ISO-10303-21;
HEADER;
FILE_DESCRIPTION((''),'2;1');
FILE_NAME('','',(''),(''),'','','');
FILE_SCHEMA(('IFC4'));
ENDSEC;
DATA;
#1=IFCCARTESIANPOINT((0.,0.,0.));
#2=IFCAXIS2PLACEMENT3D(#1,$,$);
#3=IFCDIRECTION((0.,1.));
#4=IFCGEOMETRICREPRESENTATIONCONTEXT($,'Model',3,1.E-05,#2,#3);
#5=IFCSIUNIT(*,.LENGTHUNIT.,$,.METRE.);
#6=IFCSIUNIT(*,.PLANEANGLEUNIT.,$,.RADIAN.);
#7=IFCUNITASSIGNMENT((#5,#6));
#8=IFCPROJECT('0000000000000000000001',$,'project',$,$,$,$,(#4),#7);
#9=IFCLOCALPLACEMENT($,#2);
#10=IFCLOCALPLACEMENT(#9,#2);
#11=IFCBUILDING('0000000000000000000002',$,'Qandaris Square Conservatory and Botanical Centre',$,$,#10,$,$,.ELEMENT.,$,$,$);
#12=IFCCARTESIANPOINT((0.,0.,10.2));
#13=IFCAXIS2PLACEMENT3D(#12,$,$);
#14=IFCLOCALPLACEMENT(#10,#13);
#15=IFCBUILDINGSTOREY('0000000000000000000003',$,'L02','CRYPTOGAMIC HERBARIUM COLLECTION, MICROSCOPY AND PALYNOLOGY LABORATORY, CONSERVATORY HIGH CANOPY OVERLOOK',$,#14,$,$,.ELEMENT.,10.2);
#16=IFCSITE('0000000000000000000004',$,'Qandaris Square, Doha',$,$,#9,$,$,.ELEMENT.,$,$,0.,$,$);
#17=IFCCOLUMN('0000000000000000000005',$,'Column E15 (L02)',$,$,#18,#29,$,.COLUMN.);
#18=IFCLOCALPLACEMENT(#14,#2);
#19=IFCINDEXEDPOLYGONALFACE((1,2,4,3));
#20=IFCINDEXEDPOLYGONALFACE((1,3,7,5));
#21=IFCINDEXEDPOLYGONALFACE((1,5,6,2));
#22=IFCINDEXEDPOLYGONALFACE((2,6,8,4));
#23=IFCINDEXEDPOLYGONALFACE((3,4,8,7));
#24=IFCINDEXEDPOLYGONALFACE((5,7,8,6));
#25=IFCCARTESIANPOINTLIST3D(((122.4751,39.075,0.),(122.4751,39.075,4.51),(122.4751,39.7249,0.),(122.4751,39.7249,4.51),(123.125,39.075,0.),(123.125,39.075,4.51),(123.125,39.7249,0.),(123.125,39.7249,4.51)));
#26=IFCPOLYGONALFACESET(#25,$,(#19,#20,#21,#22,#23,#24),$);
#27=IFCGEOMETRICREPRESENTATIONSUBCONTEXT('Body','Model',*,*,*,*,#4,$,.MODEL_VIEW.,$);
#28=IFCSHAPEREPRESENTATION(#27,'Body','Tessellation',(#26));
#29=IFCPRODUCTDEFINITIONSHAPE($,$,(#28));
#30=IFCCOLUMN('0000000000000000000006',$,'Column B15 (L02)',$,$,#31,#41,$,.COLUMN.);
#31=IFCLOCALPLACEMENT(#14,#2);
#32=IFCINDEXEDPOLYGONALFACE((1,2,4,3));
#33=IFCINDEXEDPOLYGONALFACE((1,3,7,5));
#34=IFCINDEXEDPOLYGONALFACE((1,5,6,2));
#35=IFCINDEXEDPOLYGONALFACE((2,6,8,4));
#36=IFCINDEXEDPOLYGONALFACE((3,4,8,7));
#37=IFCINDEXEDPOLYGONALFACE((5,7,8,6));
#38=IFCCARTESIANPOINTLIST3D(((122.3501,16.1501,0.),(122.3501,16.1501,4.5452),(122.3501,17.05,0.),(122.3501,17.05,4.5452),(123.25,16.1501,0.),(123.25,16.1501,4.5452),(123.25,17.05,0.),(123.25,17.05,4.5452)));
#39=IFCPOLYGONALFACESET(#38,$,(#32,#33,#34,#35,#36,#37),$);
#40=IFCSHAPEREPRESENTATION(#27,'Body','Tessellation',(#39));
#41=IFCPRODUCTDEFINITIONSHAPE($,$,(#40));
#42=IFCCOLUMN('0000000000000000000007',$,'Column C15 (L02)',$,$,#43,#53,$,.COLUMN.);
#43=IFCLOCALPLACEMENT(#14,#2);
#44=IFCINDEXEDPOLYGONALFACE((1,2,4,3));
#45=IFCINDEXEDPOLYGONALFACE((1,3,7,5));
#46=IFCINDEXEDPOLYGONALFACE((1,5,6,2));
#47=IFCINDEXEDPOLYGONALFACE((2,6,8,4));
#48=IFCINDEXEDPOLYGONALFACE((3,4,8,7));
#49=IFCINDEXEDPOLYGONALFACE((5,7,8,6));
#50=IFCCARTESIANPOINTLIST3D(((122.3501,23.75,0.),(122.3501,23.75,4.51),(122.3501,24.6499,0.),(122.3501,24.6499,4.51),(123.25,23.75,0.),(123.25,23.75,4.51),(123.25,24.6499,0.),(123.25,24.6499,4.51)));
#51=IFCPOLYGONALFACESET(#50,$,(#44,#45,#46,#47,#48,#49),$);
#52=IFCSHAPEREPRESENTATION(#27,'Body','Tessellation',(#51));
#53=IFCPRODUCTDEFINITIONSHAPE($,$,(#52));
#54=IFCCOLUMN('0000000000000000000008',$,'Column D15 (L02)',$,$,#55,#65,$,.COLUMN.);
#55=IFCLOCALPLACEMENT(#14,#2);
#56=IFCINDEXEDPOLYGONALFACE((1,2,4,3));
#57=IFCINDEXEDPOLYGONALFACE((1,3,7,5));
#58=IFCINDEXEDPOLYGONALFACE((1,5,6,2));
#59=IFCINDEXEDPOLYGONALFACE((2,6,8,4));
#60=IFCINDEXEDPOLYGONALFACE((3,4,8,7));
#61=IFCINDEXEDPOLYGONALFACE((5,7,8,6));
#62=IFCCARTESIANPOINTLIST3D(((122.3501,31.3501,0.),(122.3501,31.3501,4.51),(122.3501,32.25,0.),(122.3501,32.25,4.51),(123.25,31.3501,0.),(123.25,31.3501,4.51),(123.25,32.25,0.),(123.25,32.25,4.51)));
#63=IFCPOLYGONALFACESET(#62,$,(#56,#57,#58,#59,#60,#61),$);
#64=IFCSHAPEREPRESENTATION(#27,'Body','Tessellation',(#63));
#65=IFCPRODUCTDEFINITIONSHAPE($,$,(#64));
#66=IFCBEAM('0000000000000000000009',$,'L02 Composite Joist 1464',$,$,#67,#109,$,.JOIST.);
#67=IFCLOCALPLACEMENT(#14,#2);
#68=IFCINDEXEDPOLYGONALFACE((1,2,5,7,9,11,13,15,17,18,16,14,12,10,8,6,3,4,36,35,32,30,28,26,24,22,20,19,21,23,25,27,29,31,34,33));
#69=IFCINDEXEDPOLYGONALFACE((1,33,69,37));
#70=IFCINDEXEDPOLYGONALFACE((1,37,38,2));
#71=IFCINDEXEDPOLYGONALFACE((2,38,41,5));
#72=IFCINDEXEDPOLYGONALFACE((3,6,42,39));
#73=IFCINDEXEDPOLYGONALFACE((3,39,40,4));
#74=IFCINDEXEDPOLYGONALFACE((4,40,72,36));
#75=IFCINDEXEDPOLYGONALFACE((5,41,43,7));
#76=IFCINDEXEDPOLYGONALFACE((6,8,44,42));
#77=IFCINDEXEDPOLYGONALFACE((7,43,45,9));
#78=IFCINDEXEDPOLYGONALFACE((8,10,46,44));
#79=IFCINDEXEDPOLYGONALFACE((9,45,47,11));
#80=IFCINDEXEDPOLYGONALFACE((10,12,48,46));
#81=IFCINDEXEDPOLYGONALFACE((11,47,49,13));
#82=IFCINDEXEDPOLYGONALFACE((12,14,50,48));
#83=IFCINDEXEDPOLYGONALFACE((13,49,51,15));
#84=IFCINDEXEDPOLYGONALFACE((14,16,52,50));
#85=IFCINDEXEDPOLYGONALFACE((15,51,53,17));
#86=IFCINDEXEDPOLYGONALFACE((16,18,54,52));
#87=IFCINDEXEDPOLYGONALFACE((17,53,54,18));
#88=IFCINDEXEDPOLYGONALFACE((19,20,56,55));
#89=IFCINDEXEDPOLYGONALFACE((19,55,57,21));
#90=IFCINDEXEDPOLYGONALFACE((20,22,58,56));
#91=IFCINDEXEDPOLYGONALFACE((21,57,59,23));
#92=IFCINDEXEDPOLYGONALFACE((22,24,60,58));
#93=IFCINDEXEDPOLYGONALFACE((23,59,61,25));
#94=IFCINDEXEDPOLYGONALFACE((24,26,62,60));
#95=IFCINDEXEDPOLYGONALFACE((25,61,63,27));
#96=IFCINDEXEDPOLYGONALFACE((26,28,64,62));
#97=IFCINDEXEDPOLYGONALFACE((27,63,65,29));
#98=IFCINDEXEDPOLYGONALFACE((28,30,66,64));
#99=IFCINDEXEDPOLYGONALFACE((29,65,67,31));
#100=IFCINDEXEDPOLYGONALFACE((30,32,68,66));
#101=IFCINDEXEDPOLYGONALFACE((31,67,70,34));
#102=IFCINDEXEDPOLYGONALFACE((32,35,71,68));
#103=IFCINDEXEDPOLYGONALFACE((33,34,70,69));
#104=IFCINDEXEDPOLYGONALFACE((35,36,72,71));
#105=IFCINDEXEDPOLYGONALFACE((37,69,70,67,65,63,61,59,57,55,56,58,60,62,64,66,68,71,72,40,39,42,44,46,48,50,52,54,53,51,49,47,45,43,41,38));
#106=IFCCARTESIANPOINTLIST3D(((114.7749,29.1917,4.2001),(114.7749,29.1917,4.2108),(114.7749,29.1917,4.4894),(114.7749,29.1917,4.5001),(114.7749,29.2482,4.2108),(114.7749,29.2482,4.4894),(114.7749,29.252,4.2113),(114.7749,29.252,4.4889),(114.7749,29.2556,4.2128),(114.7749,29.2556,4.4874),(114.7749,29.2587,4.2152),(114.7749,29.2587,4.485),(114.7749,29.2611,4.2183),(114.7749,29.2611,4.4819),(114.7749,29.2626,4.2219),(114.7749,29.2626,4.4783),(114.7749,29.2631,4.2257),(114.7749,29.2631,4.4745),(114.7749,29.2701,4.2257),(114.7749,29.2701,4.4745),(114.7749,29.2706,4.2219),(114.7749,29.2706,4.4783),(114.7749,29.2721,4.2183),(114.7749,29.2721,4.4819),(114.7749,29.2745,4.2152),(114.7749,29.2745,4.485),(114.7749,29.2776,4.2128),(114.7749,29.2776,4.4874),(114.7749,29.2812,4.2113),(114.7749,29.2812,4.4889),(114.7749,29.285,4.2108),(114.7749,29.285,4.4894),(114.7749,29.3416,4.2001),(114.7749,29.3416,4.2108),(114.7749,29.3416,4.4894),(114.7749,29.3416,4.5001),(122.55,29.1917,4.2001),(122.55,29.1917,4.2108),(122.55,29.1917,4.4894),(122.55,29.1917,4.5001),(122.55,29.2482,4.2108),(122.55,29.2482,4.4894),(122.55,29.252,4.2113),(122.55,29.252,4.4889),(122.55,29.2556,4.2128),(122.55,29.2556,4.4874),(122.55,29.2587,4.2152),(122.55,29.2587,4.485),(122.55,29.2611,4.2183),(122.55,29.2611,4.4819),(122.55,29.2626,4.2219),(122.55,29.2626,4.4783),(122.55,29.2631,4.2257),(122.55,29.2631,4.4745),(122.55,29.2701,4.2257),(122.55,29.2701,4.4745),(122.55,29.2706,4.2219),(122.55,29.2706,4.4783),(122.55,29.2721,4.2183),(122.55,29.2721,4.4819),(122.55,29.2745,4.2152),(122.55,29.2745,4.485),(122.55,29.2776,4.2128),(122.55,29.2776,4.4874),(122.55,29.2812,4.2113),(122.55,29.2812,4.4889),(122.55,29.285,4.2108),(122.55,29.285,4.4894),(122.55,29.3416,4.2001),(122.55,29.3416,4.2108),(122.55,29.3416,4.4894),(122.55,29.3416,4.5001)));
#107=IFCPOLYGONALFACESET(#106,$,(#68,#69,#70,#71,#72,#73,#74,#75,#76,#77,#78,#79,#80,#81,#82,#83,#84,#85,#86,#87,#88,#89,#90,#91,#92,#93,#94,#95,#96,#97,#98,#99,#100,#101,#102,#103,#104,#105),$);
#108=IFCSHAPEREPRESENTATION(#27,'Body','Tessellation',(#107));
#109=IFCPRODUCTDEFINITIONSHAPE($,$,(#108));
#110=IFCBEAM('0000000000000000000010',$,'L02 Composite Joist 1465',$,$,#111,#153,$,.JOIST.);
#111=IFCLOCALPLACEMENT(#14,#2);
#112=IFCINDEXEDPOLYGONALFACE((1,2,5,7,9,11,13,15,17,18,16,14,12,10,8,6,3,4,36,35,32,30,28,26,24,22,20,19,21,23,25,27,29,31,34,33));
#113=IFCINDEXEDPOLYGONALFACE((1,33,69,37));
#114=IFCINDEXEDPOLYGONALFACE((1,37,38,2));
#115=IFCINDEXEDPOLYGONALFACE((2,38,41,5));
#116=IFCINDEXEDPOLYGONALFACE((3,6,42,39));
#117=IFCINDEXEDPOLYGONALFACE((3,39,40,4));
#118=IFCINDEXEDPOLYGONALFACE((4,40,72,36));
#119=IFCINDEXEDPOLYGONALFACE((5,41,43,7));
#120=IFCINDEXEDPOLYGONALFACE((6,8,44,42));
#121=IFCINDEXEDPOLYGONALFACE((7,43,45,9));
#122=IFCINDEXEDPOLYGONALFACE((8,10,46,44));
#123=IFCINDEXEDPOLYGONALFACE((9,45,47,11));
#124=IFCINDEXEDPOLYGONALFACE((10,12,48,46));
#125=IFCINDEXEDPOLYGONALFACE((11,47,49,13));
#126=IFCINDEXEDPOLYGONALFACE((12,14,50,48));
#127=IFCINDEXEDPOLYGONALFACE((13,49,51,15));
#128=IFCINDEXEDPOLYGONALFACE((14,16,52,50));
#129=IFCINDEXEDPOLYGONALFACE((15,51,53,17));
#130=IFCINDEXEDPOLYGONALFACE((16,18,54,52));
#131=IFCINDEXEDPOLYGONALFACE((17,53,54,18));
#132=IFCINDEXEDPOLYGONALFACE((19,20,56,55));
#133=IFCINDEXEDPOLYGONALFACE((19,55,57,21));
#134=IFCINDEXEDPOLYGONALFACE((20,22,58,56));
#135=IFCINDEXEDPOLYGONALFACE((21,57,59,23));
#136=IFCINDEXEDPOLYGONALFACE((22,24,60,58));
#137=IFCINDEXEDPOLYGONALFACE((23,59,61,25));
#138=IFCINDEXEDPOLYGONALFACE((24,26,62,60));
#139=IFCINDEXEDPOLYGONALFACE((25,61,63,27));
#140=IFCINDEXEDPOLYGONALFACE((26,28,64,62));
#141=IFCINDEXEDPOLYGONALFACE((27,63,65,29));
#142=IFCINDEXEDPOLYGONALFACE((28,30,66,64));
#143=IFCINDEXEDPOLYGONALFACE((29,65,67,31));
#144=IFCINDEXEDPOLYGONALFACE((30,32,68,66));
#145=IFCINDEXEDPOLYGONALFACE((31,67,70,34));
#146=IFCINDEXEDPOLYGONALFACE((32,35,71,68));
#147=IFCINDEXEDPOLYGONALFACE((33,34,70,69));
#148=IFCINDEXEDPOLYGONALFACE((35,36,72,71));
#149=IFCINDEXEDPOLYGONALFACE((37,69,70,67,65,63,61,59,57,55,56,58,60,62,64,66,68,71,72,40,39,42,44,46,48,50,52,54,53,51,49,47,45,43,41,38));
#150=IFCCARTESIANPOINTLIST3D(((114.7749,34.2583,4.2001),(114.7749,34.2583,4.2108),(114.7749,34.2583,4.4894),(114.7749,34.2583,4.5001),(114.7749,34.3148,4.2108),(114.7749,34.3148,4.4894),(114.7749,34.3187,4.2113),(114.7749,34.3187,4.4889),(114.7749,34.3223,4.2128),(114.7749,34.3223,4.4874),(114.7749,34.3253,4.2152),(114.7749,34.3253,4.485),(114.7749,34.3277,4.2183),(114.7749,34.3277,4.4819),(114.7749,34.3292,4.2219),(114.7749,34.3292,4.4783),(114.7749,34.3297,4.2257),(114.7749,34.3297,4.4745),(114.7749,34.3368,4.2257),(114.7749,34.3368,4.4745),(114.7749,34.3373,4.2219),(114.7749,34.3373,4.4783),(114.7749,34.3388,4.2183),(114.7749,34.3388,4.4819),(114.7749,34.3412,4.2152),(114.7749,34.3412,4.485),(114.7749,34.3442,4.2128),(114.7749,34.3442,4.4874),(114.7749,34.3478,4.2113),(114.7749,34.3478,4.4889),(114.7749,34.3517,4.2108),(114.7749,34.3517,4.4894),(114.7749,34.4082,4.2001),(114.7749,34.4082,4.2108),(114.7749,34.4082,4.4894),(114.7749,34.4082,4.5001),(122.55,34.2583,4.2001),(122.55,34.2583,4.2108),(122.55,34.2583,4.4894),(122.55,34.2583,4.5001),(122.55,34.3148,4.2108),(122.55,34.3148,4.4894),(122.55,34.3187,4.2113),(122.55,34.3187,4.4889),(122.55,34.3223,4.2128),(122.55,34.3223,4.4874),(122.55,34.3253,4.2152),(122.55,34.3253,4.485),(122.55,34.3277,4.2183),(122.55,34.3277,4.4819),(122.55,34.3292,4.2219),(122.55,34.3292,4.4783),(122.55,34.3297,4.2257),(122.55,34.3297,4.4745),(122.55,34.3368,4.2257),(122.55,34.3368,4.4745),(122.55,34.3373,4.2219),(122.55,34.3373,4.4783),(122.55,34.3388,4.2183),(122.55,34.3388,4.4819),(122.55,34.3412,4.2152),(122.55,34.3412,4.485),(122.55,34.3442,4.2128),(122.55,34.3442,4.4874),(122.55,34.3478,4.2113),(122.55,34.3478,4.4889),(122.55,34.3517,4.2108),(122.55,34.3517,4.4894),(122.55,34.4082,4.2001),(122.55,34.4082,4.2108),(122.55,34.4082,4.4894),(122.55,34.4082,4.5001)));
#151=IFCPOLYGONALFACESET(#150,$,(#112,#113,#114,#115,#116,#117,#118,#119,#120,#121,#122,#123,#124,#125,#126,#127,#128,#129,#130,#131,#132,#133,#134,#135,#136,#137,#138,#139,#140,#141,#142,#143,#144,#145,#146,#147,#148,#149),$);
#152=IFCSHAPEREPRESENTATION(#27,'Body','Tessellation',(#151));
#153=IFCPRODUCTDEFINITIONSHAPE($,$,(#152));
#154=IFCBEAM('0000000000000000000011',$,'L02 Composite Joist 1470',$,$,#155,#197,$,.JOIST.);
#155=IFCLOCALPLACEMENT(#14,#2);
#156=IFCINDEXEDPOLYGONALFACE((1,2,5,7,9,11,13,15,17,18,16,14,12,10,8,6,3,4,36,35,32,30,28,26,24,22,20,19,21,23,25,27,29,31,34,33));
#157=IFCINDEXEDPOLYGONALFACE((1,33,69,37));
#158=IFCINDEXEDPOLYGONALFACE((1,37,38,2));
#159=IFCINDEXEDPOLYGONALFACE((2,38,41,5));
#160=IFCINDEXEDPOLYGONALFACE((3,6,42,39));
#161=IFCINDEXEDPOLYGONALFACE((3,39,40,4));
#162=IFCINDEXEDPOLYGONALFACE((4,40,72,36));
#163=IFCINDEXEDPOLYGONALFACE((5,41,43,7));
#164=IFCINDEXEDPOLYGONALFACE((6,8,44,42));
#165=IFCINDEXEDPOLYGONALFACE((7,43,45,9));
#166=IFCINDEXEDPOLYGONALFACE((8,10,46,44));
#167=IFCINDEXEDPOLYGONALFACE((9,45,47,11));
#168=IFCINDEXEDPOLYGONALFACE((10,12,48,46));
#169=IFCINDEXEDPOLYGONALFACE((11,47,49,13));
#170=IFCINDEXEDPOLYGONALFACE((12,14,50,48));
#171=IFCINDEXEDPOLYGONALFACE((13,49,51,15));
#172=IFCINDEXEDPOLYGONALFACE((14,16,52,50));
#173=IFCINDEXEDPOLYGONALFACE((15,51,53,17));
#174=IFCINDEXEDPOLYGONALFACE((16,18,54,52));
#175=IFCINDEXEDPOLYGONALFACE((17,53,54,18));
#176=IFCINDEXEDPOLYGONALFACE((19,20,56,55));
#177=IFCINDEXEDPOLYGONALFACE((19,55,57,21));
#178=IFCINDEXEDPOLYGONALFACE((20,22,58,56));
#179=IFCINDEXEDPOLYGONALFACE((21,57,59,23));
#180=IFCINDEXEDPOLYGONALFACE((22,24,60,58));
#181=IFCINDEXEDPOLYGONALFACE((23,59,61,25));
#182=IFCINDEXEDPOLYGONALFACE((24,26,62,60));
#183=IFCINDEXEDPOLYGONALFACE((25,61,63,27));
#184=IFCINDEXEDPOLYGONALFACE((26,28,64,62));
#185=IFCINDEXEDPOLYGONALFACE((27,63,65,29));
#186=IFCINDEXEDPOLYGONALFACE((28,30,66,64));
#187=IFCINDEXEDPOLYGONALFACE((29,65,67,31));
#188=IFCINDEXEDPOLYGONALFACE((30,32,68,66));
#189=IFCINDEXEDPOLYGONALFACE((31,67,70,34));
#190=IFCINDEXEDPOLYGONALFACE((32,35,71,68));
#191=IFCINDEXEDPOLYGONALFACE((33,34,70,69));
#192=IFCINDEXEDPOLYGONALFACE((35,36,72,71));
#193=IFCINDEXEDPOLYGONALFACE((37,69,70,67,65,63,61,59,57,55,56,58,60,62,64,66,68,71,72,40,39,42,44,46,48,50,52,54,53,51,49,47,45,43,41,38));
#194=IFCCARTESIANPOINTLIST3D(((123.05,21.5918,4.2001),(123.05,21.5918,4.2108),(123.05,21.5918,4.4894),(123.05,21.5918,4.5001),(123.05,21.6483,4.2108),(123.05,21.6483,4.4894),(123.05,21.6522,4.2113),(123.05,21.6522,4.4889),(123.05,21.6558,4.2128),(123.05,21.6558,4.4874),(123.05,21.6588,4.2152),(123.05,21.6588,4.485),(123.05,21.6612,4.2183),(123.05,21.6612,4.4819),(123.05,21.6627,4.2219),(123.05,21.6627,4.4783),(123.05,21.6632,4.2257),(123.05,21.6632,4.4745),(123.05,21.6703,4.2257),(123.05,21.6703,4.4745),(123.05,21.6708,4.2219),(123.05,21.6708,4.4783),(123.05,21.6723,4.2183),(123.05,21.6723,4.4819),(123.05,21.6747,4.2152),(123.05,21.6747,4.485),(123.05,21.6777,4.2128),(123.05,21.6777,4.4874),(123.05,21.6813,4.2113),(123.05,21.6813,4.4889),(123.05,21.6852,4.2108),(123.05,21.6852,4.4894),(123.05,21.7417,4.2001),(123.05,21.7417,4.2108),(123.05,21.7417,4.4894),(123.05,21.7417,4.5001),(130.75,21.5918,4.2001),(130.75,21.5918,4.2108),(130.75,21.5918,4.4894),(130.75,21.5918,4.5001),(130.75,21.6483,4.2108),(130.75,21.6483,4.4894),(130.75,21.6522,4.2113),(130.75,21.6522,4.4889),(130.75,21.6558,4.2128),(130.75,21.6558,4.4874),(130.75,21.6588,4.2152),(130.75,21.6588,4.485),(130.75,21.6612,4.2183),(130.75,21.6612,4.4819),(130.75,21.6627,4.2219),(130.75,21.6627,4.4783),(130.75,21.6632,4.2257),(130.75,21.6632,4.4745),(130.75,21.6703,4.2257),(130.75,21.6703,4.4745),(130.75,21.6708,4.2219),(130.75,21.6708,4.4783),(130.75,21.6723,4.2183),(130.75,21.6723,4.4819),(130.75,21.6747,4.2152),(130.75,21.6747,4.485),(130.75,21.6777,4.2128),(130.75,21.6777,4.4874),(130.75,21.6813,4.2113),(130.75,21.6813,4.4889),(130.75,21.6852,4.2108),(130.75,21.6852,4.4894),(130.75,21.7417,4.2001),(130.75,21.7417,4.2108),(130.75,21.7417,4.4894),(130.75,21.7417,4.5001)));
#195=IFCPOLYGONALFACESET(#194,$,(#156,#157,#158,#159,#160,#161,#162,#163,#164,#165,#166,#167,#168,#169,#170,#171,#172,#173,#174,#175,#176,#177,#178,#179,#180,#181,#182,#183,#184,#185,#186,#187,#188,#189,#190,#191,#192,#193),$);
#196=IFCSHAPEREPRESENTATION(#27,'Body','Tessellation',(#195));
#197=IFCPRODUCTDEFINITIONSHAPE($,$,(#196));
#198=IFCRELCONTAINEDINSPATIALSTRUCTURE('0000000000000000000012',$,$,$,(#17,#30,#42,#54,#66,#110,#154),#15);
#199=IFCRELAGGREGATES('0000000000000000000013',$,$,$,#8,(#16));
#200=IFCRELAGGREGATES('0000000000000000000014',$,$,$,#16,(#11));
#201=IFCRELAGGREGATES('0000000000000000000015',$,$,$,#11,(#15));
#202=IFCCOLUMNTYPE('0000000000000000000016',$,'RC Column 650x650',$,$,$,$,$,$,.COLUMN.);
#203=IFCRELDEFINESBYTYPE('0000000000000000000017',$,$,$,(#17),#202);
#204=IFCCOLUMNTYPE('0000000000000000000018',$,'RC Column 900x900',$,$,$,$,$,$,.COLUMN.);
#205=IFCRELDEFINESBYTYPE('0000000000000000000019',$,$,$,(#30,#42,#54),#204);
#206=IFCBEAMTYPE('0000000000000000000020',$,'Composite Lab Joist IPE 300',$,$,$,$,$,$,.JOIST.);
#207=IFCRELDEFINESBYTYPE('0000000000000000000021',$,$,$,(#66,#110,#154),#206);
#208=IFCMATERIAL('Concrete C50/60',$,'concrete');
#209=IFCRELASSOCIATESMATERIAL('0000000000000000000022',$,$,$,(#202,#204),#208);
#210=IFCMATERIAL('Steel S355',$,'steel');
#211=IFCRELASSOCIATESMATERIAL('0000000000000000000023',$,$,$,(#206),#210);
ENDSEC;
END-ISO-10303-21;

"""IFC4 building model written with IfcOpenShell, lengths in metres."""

from ifc_helpers import new_model, si_unit, direction, frame, origin, origin_2d, place, context, subcontext, project, spatial, rectangle, i_section, extrude, material, material_profile, profile_set, type_object, element, save


model = new_model("IFC4")

# Units and contexts
model_context = context("Model", 3, precision=1e-05, world=origin(), true_north=direction((0.0, 1.0)))
body_context = subcontext(model_context, "Body", "Model", "MODEL_VIEW")
ifc_project = project(units=[si_unit("LENGTHUNIT", "METRE"), si_unit("PLANEANGLEUNIT", "RADIAN")], contexts=[model_context])

# Site, building, storey
site_placement = place(None, origin())
site = spatial("IfcSite", under=ifc_project, at=site_placement, Name="Qandaris Square, Doha", CompositionType="ELEMENT", RefElevation=0.0)
building_placement = place(site_placement, origin())
building = spatial("IfcBuilding", under=site, at=building_placement, Name="Qandaris Square Conservatory and Botanical Centre", CompositionType="ELEMENT")
storey_placement = place(building_placement, frame((0.0, 0.0, 10.2)))
storey = spatial("IfcBuildingStorey", under=building, at=storey_placement, Name="L02", Description="CRYPTOGAMIC HERBARIUM COLLECTION, MICROSCOPY AND PALYNOLOGY LABORATORY, CONSERVATORY HIGH CANOPY OVERLOOK", CompositionType="ELEMENT", Elevation=10.2)

# Columns
ifc_material_1 = material(Name="Concrete C50/60", Category="concrete")
ifc_material_profile_1 = material_profile(ifc_material_1, rectangle(XDim=0.6499, YDim=0.6499, at=origin_2d()), Name="RC-COL 650x650")
ifc_profile_set_1 = profile_set([ifc_material_profile_1], Name="Concrete C50/60")
column_type_1 = type_object("IfcColumnType", Name="RC Column 650x650", PredefinedType="COLUMN", material=ifc_profile_set_1)
column_1_placement = place(storey_placement, frame((122.8, 39.3999, 0.0), z_axis=(0.0, 0.0, 1.0), x_axis=(1.0, 0.0, 0.0)))
element("IfcColumn", 1, at=column_1_placement, inside=storey, type_object=column_type_1, Name="Column E15 (L02)", PredefinedType="COLUMN", context=body_context, shape_type="SweptSolid", body=[
    extrude(rectangle(XDim=0.6499, YDim=0.6499, at=origin_2d()), origin(), (0.0, 0.0, 1.0), 4.51),
])
ifc_material_profile_2 = material_profile(ifc_material_1, rectangle(XDim=0.8999, YDim=0.8999, at=origin_2d()), Name="RC-COL 900x900")
ifc_profile_set_2 = profile_set([ifc_material_profile_2], Name="Concrete C50/60")
column_type_2 = type_object("IfcColumnType", Name="RC Column 900x900", PredefinedType="COLUMN", material=ifc_profile_set_2)
column_2_placement = place(storey_placement, frame((122.8, 16.6001, 0.0), z_axis=(0.0, 0.0, 1.0), x_axis=(1.0, 0.0, 0.0)))
element("IfcColumn", 2, at=column_2_placement, inside=storey, type_object=column_type_2, Name="Column B15 (L02)", PredefinedType="COLUMN", context=body_context, shape_type="SweptSolid", body=[
    extrude(rectangle(XDim=0.8999, YDim=0.8999, at=origin_2d()), origin(), (0.0, 0.0, 1.0), 4.5452),
])
for number, where, z_axis, x_axis, name in (
    (3, (122.8, 24.2, 0.0), (0.0, 0.0, 1.0), (1.0, 0.0, 0.0), "Column C15 (L02)"),
    (4, (122.8, 31.8, 0.0), (0.0, 0.0, 1.0), (1.0, 0.0, 0.0), "Column D15 (L02)"),
):
    element("IfcColumn", number, at=place(storey_placement, frame(where, z_axis=z_axis, x_axis=x_axis)), inside=storey, type_object=column_type_2, Name=name, PredefinedType="COLUMN", context=body_context, shape_type="SweptSolid", body=[
        extrude(rectangle(XDim=0.8999, YDim=0.8999, at=origin_2d()), origin(), (0.0, 0.0, 1.0), 4.51),
    ])

# Beams
ifc_material_2 = material(Name="Steel S355", Category="steel")
ifc_material_profile_3 = material_profile(ifc_material_2, i_section(OverallWidth=0.1499, OverallDepth=0.3, WebThickness=0.0071, FlangeThickness=0.0107, FilletRadius=0.0149, at=origin_2d()), Name="IPE 300")
ifc_profile_set_3 = profile_set([ifc_material_profile_3], Name="Steel S355")
beam_type_1 = type_object("IfcBeamType", Name="Composite Lab Joist IPE 300", PredefinedType="JOIST", material=ifc_profile_set_3)
for number, where, z_axis, x_axis, name in (
    (5, (114.7749, 29.2666, 4.3501), (1.0, 0.0, 0.0), (0.0, 1.0, 0.0), "L02 Composite Joist 1464"),
    (6, (114.7749, 34.3333, 4.3501), (1.0, 0.0, 0.0), (0.0, 1.0, 0.0), "L02 Composite Joist 1465"),
):
    element("IfcBeam", number, at=place(storey_placement, frame(where, z_axis=z_axis, x_axis=x_axis)), inside=storey, type_object=beam_type_1, Name=name, PredefinedType="JOIST", context=body_context, shape_type="SweptSolid", body=[
        extrude(i_section(OverallWidth=0.1499, OverallDepth=0.3, WebThickness=0.0071, FlangeThickness=0.0107, FilletRadius=0.0149, at=origin_2d()), origin(), (0.0, 0.0, 1.0), 7.7751),
    ])
for number, where, z_axis, x_axis, name in (
    (7, (123.05, 21.6667, 4.3501), (1.0, 0.0, 0.0), (0.0, 1.0, 0.0), "L02 Composite Joist 1470"),
):
    element("IfcBeam", number, at=place(storey_placement, frame(where, z_axis=z_axis, x_axis=x_axis)), inside=storey, type_object=beam_type_1, Name=name, PredefinedType="JOIST", context=body_context, shape_type="SweptSolid", body=[
        extrude(i_section(OverallWidth=0.1499, OverallDepth=0.3, WebThickness=0.0071, FlangeThickness=0.0107, FilletRadius=0.0149, at=origin_2d()), origin(), (0.0, 0.0, 1.0), 7.7),
    ])

save(model, "model.ifc")
